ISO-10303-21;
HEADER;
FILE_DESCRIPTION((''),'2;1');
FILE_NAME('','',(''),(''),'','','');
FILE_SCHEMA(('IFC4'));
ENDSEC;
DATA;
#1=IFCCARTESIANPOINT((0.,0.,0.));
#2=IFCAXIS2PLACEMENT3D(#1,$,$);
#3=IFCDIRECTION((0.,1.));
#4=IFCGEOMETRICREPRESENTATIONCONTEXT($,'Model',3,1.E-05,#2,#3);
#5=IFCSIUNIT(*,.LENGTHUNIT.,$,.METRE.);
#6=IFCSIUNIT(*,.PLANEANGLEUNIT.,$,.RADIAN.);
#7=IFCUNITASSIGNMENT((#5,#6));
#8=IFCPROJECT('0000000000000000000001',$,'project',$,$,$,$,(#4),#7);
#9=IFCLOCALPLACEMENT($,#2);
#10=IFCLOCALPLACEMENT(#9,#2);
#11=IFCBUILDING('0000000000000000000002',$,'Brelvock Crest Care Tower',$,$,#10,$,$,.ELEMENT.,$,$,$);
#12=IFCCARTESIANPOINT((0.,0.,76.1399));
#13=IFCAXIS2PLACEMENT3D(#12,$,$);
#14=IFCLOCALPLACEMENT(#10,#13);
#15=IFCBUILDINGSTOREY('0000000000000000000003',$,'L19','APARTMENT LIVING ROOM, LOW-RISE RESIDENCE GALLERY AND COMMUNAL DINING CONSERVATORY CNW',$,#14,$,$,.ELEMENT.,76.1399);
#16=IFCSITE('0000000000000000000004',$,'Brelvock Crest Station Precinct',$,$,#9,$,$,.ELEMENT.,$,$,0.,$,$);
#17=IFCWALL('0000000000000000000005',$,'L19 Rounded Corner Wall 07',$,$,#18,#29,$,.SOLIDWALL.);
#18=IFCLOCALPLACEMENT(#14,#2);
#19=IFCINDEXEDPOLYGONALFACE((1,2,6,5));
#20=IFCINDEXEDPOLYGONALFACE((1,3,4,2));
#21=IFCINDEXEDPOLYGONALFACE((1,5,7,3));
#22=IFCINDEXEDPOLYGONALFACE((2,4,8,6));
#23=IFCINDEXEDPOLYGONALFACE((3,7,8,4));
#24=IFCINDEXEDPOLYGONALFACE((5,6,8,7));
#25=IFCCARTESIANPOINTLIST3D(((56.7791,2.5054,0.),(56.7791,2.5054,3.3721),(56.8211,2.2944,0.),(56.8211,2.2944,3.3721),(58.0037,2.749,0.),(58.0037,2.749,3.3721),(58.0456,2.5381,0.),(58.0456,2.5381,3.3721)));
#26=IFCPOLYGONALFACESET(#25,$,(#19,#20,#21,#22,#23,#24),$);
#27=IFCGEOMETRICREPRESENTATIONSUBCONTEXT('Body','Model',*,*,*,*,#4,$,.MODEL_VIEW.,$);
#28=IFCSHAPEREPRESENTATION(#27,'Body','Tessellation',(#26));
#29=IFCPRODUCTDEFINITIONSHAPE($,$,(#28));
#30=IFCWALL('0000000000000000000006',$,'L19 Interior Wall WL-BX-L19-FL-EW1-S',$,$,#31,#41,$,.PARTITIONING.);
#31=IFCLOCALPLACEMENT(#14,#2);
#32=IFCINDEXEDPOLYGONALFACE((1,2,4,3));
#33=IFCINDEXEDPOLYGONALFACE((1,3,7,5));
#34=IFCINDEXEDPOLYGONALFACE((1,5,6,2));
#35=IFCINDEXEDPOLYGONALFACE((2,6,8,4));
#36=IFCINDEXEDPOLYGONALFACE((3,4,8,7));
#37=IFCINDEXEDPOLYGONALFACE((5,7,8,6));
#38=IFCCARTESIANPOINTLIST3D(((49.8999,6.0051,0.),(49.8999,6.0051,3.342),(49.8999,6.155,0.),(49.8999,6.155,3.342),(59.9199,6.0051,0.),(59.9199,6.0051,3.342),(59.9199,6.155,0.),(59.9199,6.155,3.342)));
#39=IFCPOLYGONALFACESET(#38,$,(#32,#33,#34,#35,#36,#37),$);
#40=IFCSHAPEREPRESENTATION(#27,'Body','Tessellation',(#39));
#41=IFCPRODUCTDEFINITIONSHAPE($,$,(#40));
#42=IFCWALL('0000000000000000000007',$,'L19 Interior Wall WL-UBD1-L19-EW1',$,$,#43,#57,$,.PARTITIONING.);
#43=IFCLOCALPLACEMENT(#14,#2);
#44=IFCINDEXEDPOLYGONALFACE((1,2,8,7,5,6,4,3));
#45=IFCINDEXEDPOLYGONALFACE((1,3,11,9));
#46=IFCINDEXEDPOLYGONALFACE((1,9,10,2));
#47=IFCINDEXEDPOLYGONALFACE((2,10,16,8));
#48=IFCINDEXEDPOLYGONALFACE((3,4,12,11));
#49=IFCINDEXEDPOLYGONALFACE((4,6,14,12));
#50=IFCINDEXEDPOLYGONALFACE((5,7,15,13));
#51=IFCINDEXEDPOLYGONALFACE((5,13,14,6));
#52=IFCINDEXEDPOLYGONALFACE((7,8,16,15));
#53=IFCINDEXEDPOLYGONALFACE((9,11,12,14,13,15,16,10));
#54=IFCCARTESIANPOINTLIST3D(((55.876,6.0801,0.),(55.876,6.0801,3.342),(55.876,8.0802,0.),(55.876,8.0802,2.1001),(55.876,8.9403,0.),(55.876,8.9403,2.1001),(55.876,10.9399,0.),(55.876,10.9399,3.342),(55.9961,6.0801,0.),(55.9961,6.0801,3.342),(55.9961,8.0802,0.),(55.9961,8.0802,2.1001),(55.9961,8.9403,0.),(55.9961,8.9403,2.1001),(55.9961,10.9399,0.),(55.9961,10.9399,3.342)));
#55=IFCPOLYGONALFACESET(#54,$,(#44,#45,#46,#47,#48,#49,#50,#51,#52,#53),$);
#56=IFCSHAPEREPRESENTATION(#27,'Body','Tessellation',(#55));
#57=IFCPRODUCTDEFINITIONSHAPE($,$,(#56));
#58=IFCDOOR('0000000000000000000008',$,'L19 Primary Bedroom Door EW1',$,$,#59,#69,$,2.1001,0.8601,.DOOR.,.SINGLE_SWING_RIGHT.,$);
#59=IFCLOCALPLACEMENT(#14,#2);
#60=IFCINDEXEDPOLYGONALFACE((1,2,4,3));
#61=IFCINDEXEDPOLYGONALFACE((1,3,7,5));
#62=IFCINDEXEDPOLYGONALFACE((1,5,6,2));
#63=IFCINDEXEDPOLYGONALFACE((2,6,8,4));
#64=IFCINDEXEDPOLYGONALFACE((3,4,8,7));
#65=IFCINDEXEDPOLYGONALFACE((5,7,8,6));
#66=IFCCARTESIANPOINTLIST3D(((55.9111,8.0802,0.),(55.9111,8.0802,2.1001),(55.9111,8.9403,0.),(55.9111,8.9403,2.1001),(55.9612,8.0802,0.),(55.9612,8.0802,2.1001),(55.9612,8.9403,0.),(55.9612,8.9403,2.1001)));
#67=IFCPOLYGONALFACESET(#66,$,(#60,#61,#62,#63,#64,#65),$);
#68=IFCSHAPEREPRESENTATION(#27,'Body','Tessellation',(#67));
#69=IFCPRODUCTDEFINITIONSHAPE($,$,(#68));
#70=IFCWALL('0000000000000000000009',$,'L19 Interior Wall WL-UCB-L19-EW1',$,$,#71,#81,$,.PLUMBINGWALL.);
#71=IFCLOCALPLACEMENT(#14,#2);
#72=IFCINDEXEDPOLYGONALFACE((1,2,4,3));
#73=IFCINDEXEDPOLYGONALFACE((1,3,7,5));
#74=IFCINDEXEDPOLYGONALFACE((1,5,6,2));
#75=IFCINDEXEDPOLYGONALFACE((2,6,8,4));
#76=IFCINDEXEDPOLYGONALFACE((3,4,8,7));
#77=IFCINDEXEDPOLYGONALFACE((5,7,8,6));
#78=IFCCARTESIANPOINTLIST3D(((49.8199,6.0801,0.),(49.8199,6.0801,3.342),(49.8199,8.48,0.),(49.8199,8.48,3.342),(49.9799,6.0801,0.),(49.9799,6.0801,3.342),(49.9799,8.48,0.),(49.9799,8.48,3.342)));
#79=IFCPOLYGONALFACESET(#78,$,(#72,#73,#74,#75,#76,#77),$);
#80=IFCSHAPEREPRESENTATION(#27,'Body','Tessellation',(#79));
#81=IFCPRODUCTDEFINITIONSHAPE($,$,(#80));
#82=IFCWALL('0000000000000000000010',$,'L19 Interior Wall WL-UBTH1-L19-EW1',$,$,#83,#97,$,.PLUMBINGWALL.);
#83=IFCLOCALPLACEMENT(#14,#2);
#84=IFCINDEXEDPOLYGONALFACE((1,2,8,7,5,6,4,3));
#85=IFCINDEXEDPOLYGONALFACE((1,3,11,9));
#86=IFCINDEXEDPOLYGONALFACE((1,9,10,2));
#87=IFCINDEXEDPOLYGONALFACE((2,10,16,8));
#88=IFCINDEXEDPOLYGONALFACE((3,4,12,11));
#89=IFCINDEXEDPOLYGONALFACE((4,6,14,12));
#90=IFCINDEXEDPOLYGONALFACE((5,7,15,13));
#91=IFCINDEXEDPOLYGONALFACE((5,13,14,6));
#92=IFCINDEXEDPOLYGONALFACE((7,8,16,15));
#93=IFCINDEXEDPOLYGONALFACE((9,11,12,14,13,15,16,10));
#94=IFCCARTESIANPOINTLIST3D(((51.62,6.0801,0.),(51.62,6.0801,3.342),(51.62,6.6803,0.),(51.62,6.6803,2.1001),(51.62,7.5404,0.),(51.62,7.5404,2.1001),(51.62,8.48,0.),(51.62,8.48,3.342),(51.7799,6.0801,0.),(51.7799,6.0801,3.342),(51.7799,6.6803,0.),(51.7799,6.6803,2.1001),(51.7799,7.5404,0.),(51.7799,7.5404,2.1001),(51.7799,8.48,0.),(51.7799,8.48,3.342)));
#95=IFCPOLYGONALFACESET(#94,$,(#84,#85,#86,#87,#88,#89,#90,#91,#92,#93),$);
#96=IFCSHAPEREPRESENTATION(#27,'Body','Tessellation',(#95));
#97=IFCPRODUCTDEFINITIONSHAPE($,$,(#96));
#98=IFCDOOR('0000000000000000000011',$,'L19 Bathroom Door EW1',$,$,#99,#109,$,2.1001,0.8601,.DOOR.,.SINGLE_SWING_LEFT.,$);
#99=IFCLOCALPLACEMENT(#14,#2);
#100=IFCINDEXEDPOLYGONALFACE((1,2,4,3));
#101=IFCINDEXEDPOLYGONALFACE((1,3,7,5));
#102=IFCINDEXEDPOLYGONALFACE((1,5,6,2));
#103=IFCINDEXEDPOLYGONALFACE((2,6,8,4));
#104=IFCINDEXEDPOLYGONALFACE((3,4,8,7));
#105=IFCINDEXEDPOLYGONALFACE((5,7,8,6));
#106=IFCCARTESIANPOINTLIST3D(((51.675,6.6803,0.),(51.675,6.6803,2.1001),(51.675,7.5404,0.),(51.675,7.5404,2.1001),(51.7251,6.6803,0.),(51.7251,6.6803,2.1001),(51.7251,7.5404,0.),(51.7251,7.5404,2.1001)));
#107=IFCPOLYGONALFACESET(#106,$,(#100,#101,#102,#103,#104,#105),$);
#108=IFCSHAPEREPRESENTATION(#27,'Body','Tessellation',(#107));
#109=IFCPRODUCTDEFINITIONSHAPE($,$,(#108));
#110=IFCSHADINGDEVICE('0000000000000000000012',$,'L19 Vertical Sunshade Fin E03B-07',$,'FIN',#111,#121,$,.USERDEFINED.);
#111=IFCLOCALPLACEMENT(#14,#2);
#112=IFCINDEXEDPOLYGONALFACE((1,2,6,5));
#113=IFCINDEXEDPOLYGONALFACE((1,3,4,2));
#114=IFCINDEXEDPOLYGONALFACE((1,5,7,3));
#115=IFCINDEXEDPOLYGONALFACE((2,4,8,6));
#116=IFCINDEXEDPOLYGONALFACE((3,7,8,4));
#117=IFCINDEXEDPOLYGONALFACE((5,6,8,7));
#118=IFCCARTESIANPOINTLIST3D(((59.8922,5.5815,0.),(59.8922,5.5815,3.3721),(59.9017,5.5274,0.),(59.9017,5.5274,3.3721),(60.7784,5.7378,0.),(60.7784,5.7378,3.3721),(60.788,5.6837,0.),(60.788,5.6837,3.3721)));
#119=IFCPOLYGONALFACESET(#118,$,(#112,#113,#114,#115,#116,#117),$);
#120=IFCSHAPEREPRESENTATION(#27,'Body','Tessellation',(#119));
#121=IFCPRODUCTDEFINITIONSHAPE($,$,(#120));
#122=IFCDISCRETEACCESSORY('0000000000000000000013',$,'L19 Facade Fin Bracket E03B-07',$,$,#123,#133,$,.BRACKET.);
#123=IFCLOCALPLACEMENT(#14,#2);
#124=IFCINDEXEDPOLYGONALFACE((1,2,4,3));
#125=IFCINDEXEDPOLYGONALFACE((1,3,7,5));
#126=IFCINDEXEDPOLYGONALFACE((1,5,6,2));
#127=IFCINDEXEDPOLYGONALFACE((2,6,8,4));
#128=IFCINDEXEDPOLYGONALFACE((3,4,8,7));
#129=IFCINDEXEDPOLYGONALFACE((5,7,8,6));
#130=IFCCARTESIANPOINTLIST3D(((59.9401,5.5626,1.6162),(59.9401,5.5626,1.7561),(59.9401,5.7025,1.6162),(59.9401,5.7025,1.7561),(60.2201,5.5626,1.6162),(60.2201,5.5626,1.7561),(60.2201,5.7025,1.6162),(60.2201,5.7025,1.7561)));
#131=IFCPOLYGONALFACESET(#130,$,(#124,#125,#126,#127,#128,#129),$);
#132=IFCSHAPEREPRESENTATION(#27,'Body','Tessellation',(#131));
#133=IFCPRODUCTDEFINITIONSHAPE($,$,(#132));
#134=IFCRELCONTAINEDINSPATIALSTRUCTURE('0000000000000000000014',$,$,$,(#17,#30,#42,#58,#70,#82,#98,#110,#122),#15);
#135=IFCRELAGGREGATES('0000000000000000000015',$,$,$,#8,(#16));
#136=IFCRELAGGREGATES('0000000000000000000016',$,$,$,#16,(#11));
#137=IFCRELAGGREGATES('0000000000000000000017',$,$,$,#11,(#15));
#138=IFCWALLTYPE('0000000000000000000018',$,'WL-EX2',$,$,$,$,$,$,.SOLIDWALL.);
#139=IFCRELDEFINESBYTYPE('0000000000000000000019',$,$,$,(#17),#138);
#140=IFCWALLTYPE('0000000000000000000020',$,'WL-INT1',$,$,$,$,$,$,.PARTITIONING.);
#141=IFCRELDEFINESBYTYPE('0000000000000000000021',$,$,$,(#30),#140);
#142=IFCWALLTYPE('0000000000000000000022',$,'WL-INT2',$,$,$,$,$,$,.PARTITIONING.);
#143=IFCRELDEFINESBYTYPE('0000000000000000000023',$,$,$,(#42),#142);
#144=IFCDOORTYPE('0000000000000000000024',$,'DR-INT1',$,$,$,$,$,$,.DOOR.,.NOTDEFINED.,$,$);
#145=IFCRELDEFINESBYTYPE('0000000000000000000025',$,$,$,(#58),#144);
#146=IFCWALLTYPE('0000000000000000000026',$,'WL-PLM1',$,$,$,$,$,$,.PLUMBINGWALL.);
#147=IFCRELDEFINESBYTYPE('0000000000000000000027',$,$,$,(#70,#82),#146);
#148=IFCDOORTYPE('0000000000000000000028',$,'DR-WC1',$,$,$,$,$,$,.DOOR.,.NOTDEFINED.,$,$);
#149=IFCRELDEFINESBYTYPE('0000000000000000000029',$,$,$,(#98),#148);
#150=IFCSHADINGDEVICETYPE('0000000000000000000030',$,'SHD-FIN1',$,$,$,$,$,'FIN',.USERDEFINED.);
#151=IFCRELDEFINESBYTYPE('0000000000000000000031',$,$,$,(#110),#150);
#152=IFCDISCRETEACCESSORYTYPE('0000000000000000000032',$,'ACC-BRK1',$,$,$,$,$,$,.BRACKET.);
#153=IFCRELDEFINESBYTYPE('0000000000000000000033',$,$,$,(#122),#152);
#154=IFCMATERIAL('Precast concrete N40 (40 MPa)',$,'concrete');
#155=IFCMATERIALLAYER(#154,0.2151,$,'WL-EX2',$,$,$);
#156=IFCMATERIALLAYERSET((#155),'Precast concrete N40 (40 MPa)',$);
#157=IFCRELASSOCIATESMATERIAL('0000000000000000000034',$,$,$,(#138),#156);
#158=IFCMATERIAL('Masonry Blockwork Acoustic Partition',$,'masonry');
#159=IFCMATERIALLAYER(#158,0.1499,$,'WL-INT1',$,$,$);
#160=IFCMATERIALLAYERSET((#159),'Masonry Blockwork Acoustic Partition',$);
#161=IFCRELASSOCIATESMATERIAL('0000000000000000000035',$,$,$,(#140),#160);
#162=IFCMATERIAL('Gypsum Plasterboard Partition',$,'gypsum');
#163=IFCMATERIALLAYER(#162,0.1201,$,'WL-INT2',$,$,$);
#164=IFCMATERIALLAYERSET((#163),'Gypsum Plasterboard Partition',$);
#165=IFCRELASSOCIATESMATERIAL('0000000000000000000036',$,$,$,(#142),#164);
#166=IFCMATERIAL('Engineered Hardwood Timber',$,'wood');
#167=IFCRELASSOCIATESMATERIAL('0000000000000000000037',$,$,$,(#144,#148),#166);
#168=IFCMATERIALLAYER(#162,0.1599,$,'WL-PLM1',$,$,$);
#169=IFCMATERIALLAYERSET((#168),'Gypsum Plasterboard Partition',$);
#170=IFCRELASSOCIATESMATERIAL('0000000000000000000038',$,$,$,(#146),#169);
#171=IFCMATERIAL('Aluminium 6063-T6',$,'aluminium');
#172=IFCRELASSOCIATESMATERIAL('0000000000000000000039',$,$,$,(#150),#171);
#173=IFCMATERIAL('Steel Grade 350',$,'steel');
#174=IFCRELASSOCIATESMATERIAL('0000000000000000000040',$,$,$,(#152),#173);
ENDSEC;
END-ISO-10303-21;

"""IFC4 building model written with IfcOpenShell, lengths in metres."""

from ifc_helpers import new_model, si_unit, direction, frame, frame_2d, origin, origin_2d, place, context, subcontext, project, spatial, rectangle, extrude, source, transform, mapped, material, layer, layer_set, material_profile, profile_set, type_object, element, fill, save


model = new_model("IFC4")

# Units and contexts
model_context = context("Model", 3, precision=1e-05, world=origin(), true_north=direction((0.0, 1.0)))
body_context = subcontext(model_context, "Body", "Model", "MODEL_VIEW")
ifc_project = project(units=[si_unit("LENGTHUNIT", "METRE"), si_unit("PLANEANGLEUNIT", "RADIAN")], contexts=[model_context])

# Site, building, storey
site_placement = place(None, origin())
site = spatial("IfcSite", under=ifc_project, at=site_placement, Name="Brelvock Crest Station Precinct", CompositionType="ELEMENT", RefElevation=0.0)
building_placement = place(site_placement, origin())
building = spatial("IfcBuilding", under=site, at=building_placement, Name="Brelvock Crest Care Tower", CompositionType="ELEMENT")
storey_placement = place(building_placement, frame((0.0, 0.0, 76.1399)))
storey = spatial("IfcBuildingStorey", under=building, at=storey_placement, Name="L19", Description="APARTMENT LIVING ROOM, LOW-RISE RESIDENCE GALLERY AND COMMUNAL DINING CONSERVATORY CNW", CompositionType="ELEMENT", Elevation=76.1399)

# Shared definitions
ifc_material_1 = material(Name="Steel Grade 350", Category="steel")

# Shared definitions
ifc_material_2 = material(Name="Aluminium 6063-T6", Category="aluminium")

# Walls
ifc_material_3 = material(Name="Precast concrete N40 (40 MPa)", Category="concrete")
ifc_layer_1 = layer(ifc_material_3, 0.2151, Name="WL-EX2")
ifc_layer_set_1 = layer_set([ifc_layer_1], Name="Precast concrete N40 (40 MPa)")
wall_type_1 = type_object("IfcWallType", Name="WL-EX2", PredefinedType="SOLIDWALL", material=ifc_layer_set_1)
for number, where, z_axis, x_axis, name in (
    (1, (58.0247, 2.6436, 0.0), (0.0, 0.0, 1.0), (-0.980776, -0.195138, 0.0), "L19 Rounded Corner Wall 07"),
):
    element("IfcWall", number, at=place(storey_placement, frame(where, z_axis=z_axis, x_axis=x_axis)), inside=storey, type_object=wall_type_1, Name=name, PredefinedType="SOLIDWALL", context=body_context, shape_type="SweptSolid", body=[
        extrude(rectangle(XDim=1.2485, YDim=0.2151, at=frame_2d((0.6243, 0.0))), origin(), (0.0, 0.0, 1.0), 3.3721),
    ])
ifc_material_4 = material(Name="Masonry Blockwork Acoustic Partition", Category="masonry")
ifc_layer_2 = layer(ifc_material_4, 0.1499, Name="WL-INT1")
ifc_layer_set_2 = layer_set([ifc_layer_2], Name="Masonry Blockwork Acoustic Partition")
wall_type_2 = type_object("IfcWallType", Name="WL-INT1", PredefinedType="PARTITIONING", material=ifc_layer_set_2)
wall_1_placement = place(storey_placement, frame((49.8999, 6.0801, 0.0), z_axis=(0.0, 0.0, 1.0), x_axis=(1.0, 0.0, 0.0)))
element("IfcWall", 2, at=wall_1_placement, inside=storey, type_object=wall_type_2, Name="L19 Interior Wall WL-BX-L19-FL-EW1-S", PredefinedType="PARTITIONING", context=body_context, shape_type="SweptSolid", body=[
    extrude(rectangle(XDim=10.02, YDim=0.1499, at=frame_2d((5.01, 0.0))), origin(), (0.0, 0.0, 1.0), 3.342),
])

# Wall, opening, door
ifc_material_5 = material(Name="Gypsum Plasterboard Partition", Category="gypsum")
ifc_layer_3 = layer(ifc_material_5, 0.1201, Name="WL-INT2")
ifc_layer_set_3 = layer_set([ifc_layer_3], Name="Gypsum Plasterboard Partition")
wall_type_3 = type_object("IfcWallType", Name="WL-INT2", PredefinedType="PARTITIONING", material=ifc_layer_set_3)
wall_2_placement = place(storey_placement, frame((55.936, 6.0801, 0.0), z_axis=(0.0, 0.0, 1.0), x_axis=(0.0, 1.0, 0.0)))
wall_2 = element("IfcWall", 3, at=wall_2_placement, inside=storey, type_object=wall_type_3, Name="L19 Interior Wall WL-UBD1-L19-EW1", PredefinedType="PARTITIONING", context=body_context, shape_type="SweptSolid", body=[
    extrude(rectangle(XDim=4.8599, YDim=0.1201, at=frame_2d((2.4299, 0.0))), origin(), (0.0, 0.0, 1.0), 3.342),
])
opening_1_placement = place(wall_2_placement, frame((2.0, 0.0, 0.0)))
opening_1 = element("IfcOpeningElement", 4, at=opening_1_placement, cuts=wall_2, PredefinedType="OPENING", context=body_context, shape_type="SweptSolid", body=[
    extrude(rectangle(XDim=0.8601, YDim=2.1001, at=origin_2d()), frame((0.4302, 0.0701, 1.05), z_axis=(0.0, -1.0, 0.0), x_axis=(1.0, 0.0, 0.0)), (0.0, 0.0, 1.0), 0.1401),
])
ifc_material_6 = material(Name="Engineered Hardwood Timber", Category="wood")
door_type_1 = type_object("IfcDoorType", Name="DR-INT1", OperationType="NOTDEFINED", PredefinedType="DOOR", material=ifc_material_6)
shared_shape_1 = source(origin(), body_context, "Body", "SweptSolid", [
    extrude(rectangle(XDim=0.8601, YDim=2.1001, at=origin_2d()), frame((0.4302, 0.0249, 1.05), z_axis=(0.0, -1.0, 0.0), x_axis=(1.0, 0.0, 0.0)), (0.0, 0.0, 1.0), 0.05),
])
door_1_placement = place(opening_1_placement, origin())
door_1 = element("IfcDoor", 5, at=door_1_placement, inside=storey, type_object=door_type_1, Name="L19 Primary Bedroom Door EW1", OperationType="SINGLE_SWING_RIGHT", OverallHeight=2.1001, OverallWidth=0.8601, PredefinedType="DOOR", context=body_context, shape_type="MappedRepresentation", body=[
    mapped(shared_shape_1, transform((0.0, 0.0, 0.0), x_axis=(1.0, 0.0, 0.0), y_axis=(0.0, 1.0, 0.0), z_axis=(0.0, 0.0, 1.0), scale=1.0)),
])
fill(opening_1, door_1)

# Wall
ifc_layer_4 = layer(ifc_material_5, 0.1599, Name="WL-PLM1")
ifc_layer_set_4 = layer_set([ifc_layer_4], Name="Gypsum Plasterboard Partition")
wall_type_4 = type_object("IfcWallType", Name="WL-PLM1", PredefinedType="PLUMBINGWALL", material=ifc_layer_set_4)
wall_3_placement = place(storey_placement, frame((49.8999, 6.0801, 0.0), z_axis=(0.0, 0.0, 1.0), x_axis=(0.0, 1.0, 0.0)))
element("IfcWall", 6, at=wall_3_placement, inside=storey, type_object=wall_type_4, Name="L19 Interior Wall WL-UCB-L19-EW1", PredefinedType="PLUMBINGWALL", context=body_context, shape_type="SweptSolid", body=[
    extrude(rectangle(XDim=2.3999, YDim=0.1599, at=frame_2d((1.2, 0.0))), origin(), (0.0, 0.0, 1.0), 3.342),
])

# Wall, opening, door
wall_4_placement = place(storey_placement, frame((51.7, 6.0801, 0.0), z_axis=(0.0, 0.0, 1.0), x_axis=(0.0, 1.0, 0.0)))
wall_4 = element("IfcWall", 7, at=wall_4_placement, inside=storey, type_object=wall_type_4, Name="L19 Interior Wall WL-UBTH1-L19-EW1", PredefinedType="PLUMBINGWALL", context=body_context, shape_type="SweptSolid", body=[
    extrude(rectangle(XDim=2.3999, YDim=0.1599, at=frame_2d((1.2, 0.0))), origin(), (0.0, 0.0, 1.0), 3.342),
])
opening_2_placement = place(wall_4_placement, frame((0.6001, 0.0, 0.0)))
opening_2 = element("IfcOpeningElement", 8, at=opening_2_placement, cuts=wall_4, PredefinedType="OPENING", context=body_context, shape_type="SweptSolid", body=[
    extrude(rectangle(XDim=0.8601, YDim=2.1001, at=origin_2d()), frame((0.4302, 0.0898, 1.05), z_axis=(0.0, -1.0, 0.0), x_axis=(1.0, 0.0, 0.0)), (0.0, 0.0, 1.0), 0.1799),
])
door_type_2 = type_object("IfcDoorType", Name="DR-WC1", OperationType="NOTDEFINED", PredefinedType="DOOR", material=ifc_material_6)
shared_shape_2 = source(origin(), body_context, "Body", "SweptSolid", [
    extrude(rectangle(XDim=0.8601, YDim=2.1001, at=origin_2d()), frame((0.4302, 0.0249, 1.05), z_axis=(0.0, -1.0, 0.0), x_axis=(1.0, 0.0, 0.0)), (0.0, 0.0, 1.0), 0.05),
])
door_2_placement = place(opening_2_placement, origin())
door_2 = element("IfcDoor", 9, at=door_2_placement, inside=storey, type_object=door_type_2, Name="L19 Bathroom Door EW1", OperationType="SINGLE_SWING_LEFT", OverallHeight=2.1001, OverallWidth=0.8601, PredefinedType="DOOR", context=body_context, shape_type="MappedRepresentation", body=[
    mapped(shared_shape_2, transform((0.0, 0.0, 0.0), x_axis=(1.0, 0.0, 0.0), y_axis=(0.0, 1.0, 0.0), z_axis=(0.0, 0.0, 1.0), scale=1.0)),
])
fill(opening_2, door_2)

# Shading device
ifc_material_profile_1 = material_profile(ifc_material_2, rectangle(XDim=0.0549, YDim=0.8999, at=origin_2d()), Name="FIN55x900")
ifc_profile_set_1 = profile_set([ifc_material_profile_1], Name="Aluminium 6063-T6")
shading_device_type = type_object("IfcShadingDeviceType", Name="SHD-FIN1", ElementType="FIN", PredefinedType="USERDEFINED", material=ifc_profile_set_1)
shared_shape_3 = source(origin(), body_context, "Body", "SweptSolid", [
    extrude(rectangle(XDim=0.0549, YDim=0.8999, at=origin_2d()), origin(), (0.0, 0.0, 1.0), 3.3721),
])
shading_device_placement = place(storey_placement, frame((60.3401, 5.6326, 0.0), z_axis=(0.0, 0.0, 1.0), x_axis=(0.173648, -0.984808, 0.0)))
element("IfcShadingDevice", 10, at=shading_device_placement, inside=storey, type_object=shading_device_type, Name="L19 Vertical Sunshade Fin E03B-07", ObjectType="FIN", PredefinedType="USERDEFINED", context=body_context, shape_type="MappedRepresentation", body=[
    mapped(shared_shape_3, transform((0.0, 0.0, 0.0), x_axis=(1.0, 0.0, 0.0), y_axis=(0.0, 1.0, 0.0), z_axis=(0.0, 0.0, 1.0), scale=1.0)),
])

# Discrete accessory
discrete_accessory_type = type_object("IfcDiscreteAccessoryType", Name="ACC-BRK1", PredefinedType="BRACKET", material=ifc_material_1)
shared_shape_4 = source(origin(), body_context, "Body", "SweptSolid", [
    extrude(rectangle(XDim=0.28, YDim=0.1399, at=origin_2d()), origin(), (0.0, 0.0, 1.0), 0.1399),
])
discrete_accessory_placement = place(storey_placement, frame((60.0801, 5.6326, 1.6162), z_axis=(0.0, 0.0, 1.0), x_axis=(1.0, 0.0, 0.0)))
element("IfcDiscreteAccessory", 11, at=discrete_accessory_placement, inside=storey, type_object=discrete_accessory_type, Name="L19 Facade Fin Bracket E03B-07", PredefinedType="BRACKET", context=body_context, shape_type="MappedRepresentation", body=[
    mapped(shared_shape_4, transform((0.0, 0.0, 0.0), x_axis=(1.0, 0.0, 0.0), y_axis=(0.0, 1.0, 0.0), z_axis=(0.0, 0.0, 1.0), scale=1.0)),
])

save(model, "model.ifc")
